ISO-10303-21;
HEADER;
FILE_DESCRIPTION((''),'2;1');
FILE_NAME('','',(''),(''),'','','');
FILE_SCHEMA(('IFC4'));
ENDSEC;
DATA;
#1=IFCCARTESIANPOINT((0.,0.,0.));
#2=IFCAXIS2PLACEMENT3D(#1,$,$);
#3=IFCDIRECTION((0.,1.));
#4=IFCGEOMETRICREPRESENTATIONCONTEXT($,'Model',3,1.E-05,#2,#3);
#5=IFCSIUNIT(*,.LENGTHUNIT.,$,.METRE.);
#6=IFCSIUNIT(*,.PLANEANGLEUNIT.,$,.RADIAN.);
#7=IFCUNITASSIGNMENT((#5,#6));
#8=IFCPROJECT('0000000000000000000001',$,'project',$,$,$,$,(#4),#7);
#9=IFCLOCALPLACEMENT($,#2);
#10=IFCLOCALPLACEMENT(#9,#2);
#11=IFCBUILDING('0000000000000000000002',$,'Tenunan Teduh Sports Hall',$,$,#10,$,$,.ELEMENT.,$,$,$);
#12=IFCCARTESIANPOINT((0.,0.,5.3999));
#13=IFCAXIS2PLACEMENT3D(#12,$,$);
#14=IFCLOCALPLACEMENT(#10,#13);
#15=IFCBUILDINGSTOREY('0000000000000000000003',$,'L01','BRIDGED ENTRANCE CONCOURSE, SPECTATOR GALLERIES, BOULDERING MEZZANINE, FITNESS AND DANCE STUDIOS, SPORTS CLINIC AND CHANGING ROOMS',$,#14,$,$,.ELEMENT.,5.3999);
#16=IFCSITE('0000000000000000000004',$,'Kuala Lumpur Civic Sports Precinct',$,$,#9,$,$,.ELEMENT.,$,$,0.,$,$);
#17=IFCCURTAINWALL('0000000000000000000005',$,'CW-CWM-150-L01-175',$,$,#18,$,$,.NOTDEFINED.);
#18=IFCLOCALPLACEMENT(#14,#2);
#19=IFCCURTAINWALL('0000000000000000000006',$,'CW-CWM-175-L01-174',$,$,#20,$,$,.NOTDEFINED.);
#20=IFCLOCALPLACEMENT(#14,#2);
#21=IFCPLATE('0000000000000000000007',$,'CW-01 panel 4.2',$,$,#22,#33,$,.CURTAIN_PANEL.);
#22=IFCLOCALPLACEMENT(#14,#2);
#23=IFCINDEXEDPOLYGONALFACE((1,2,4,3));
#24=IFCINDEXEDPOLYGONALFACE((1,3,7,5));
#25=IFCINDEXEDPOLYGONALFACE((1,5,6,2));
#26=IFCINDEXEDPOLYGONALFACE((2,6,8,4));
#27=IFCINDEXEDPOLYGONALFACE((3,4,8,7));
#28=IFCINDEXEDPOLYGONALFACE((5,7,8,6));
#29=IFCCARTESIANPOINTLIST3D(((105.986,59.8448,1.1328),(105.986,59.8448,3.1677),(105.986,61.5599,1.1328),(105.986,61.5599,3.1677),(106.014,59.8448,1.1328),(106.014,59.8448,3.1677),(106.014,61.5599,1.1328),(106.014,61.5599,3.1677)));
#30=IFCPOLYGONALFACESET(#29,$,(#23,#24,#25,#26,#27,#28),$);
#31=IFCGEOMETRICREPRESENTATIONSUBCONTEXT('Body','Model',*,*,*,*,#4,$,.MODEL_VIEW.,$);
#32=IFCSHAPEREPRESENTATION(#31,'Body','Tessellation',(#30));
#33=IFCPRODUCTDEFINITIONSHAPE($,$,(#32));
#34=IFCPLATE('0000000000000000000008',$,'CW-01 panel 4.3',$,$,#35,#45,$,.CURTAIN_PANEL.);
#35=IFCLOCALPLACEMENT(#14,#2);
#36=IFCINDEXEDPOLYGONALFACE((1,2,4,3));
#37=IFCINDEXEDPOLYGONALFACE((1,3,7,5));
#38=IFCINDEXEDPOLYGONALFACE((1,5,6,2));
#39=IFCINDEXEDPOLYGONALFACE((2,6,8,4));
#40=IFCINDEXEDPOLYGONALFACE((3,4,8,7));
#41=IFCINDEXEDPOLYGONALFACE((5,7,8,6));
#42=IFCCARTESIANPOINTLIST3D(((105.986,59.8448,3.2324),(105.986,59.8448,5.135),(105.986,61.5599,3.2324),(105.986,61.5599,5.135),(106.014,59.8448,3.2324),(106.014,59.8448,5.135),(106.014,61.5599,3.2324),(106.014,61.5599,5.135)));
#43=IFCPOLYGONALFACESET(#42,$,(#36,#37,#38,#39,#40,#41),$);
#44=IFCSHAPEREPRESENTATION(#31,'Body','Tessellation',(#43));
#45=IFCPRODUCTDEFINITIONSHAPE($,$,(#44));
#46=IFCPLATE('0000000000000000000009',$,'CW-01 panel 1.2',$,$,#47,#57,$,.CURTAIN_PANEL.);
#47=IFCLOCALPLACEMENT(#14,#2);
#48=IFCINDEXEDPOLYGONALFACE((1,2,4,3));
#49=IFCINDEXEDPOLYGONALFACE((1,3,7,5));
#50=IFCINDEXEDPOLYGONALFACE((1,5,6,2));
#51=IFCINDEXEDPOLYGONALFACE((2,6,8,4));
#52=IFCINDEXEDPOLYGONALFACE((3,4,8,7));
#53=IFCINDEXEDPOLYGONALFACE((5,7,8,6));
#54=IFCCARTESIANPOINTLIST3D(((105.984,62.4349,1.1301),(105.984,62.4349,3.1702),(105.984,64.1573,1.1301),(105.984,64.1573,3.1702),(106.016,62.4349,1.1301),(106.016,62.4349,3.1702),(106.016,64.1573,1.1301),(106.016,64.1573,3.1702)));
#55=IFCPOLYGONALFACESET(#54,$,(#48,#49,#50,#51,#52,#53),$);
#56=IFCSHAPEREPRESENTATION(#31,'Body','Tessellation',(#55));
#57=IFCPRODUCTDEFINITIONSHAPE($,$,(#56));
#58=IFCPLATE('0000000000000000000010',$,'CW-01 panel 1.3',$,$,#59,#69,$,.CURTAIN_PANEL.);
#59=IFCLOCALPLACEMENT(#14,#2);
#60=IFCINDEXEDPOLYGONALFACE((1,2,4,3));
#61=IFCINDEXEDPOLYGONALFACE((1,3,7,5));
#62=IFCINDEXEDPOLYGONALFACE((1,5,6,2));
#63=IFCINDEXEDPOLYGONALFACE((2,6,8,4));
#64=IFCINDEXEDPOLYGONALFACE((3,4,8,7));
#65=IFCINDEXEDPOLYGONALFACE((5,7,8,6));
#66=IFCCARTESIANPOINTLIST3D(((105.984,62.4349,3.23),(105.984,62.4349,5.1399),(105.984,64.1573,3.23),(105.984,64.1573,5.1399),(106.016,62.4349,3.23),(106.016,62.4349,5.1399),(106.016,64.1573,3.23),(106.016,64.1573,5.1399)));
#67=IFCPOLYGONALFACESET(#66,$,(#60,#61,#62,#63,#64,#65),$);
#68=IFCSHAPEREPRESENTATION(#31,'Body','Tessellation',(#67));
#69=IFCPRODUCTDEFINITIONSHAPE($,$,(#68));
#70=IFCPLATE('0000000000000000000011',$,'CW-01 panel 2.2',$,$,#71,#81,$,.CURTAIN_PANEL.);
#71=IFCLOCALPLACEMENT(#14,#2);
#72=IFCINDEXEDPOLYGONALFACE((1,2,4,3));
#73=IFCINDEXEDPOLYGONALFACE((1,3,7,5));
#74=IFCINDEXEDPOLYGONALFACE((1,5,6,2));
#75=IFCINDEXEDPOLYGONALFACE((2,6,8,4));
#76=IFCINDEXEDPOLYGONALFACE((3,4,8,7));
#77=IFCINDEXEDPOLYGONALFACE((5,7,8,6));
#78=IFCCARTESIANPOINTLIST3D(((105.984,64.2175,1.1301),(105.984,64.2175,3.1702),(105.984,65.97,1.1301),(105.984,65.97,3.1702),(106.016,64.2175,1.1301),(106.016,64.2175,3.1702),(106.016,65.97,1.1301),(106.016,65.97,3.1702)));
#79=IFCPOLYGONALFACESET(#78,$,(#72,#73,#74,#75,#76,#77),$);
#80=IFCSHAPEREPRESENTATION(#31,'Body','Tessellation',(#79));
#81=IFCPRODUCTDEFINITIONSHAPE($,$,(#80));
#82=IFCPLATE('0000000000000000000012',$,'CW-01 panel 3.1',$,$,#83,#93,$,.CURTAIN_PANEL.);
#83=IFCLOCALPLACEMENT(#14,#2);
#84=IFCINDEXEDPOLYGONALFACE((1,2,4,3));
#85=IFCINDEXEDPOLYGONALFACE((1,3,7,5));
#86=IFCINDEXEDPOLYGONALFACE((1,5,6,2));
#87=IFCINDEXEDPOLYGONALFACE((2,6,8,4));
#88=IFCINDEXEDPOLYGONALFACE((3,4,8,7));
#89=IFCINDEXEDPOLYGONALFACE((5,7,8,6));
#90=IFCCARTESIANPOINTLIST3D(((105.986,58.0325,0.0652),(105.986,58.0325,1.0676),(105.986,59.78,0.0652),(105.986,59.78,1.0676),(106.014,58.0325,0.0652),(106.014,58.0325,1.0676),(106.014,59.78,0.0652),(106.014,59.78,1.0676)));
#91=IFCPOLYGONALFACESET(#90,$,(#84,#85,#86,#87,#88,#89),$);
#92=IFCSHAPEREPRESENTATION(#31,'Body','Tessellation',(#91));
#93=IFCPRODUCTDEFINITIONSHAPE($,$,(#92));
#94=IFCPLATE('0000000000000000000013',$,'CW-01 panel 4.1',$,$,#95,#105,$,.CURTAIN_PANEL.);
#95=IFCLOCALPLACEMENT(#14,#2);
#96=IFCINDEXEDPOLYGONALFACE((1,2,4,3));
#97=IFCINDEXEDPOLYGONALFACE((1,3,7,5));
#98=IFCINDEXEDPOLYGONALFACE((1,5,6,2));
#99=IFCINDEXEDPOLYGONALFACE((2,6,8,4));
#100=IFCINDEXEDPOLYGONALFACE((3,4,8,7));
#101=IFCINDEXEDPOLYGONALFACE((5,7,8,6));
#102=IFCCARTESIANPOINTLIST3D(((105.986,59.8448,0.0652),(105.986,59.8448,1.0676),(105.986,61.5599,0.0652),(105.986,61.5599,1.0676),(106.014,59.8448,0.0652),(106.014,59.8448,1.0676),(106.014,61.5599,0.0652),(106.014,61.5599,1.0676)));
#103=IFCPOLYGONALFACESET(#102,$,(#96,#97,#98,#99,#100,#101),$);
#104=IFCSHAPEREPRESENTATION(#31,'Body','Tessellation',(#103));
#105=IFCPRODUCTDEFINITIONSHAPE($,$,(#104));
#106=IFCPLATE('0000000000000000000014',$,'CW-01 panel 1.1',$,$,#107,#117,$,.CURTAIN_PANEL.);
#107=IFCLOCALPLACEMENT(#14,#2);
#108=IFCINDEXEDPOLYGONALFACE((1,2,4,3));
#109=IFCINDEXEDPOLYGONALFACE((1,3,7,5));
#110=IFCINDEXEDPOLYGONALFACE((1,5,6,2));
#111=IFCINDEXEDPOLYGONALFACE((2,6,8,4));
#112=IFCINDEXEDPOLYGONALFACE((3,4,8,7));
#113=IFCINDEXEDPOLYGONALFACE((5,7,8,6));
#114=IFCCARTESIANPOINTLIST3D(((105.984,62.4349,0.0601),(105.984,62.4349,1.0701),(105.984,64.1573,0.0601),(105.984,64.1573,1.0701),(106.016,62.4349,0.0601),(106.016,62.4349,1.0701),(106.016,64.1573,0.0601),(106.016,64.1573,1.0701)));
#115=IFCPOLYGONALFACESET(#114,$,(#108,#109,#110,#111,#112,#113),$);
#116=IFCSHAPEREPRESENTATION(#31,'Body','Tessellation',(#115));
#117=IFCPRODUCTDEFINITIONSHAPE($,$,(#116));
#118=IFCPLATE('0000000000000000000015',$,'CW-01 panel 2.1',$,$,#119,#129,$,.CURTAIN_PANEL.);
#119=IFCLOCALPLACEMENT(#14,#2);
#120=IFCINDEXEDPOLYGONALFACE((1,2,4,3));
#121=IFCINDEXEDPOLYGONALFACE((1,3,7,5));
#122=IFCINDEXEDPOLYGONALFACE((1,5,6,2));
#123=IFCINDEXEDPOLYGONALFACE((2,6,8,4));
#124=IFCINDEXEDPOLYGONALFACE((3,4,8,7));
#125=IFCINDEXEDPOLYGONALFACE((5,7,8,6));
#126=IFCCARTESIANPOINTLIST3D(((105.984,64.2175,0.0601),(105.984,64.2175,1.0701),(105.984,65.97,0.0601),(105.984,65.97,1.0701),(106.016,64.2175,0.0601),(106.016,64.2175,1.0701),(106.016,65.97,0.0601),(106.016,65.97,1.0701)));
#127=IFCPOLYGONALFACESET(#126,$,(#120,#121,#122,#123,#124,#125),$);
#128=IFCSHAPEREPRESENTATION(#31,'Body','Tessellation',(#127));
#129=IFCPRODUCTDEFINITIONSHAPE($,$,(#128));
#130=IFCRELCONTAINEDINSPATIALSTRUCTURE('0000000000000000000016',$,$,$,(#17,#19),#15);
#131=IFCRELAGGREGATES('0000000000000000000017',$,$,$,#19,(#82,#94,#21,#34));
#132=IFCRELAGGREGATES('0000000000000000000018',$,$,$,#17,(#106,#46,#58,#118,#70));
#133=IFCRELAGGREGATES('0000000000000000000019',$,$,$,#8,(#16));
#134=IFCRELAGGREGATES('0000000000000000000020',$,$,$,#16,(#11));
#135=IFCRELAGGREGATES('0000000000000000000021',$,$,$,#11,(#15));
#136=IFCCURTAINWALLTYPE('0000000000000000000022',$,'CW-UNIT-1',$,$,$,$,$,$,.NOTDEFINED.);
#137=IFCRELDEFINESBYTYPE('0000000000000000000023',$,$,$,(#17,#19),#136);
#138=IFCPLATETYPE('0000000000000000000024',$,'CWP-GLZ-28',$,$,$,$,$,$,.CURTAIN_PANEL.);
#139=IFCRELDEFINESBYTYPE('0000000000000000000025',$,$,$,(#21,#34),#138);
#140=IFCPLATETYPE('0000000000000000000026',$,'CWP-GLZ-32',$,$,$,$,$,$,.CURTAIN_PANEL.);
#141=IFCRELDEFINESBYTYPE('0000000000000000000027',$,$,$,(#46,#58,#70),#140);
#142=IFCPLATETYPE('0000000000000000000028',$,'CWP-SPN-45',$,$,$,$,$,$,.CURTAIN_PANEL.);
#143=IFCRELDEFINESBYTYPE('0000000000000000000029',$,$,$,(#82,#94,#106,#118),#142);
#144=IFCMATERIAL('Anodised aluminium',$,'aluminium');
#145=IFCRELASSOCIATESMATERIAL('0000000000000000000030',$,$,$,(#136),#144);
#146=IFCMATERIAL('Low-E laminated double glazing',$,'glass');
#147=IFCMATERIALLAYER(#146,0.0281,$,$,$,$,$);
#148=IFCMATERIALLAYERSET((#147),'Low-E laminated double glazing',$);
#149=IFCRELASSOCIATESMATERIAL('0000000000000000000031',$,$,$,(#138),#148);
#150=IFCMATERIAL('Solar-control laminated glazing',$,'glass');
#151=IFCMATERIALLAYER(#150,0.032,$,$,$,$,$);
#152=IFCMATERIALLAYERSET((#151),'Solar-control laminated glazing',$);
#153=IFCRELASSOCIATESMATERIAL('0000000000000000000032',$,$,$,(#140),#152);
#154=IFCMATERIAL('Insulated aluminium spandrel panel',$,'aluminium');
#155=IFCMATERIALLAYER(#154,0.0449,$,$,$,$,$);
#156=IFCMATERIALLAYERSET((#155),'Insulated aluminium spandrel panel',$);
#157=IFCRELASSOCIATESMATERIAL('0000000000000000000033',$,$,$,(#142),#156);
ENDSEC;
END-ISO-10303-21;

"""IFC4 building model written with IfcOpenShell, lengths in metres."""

from ifc_helpers import new_model, si_unit, direction, frame, origin, origin_2d, place, context, subcontext, project, spatial, rectangle, extrude, material, layer, layer_set, type_object, element, aggregate, save


model = new_model("IFC4")

# Units and contexts
model_context = context("Model", 3, precision=1e-05, world=origin(), true_north=direction((0.0, 1.0)))
body_context = subcontext(model_context, "Body", "Model", "MODEL_VIEW")
ifc_project = project(units=[si_unit("LENGTHUNIT", "METRE"), si_unit("PLANEANGLEUNIT", "RADIAN")], contexts=[model_context])

# Site, building, storey
site_placement = place(None, origin())
site = spatial("IfcSite", under=ifc_project, at=site_placement, Name="Kuala Lumpur Civic Sports Precinct", CompositionType="ELEMENT", RefElevation=0.0)
building_placement = place(site_placement, origin())
building = spatial("IfcBuilding", under=site, at=building_placement, Name="Tenunan Teduh Sports Hall", CompositionType="ELEMENT")
storey_placement = place(building_placement, frame((0.0, 0.0, 5.3999)))
storey = spatial("IfcBuildingStorey", under=building, at=storey_placement, Name="L01", Description="BRIDGED ENTRANCE CONCOURSE, SPECTATOR GALLERIES, BOULDERING MEZZANINE, FITNESS AND DANCE STUDIOS, SPORTS CLINIC AND CHANGING ROOMS", CompositionType="ELEMENT", Elevation=5.3999)

# Curtain walls
ifc_material_1 = material(Name="Anodised aluminium", Category="aluminium")
curtain_wall_type = type_object("IfcCurtainWallType", Name="CW-UNIT-1", PredefinedType="NOTDEFINED", material=ifc_material_1)
curtain_wall_1_placement = place(storey_placement, origin())
curtain_wall_1 = element("IfcCurtainWall", 1, at=curtain_wall_1_placement, inside=storey, type_object=curtain_wall_type, Name="CW-CWM-150-L01-175", PredefinedType="NOTDEFINED")
curtain_wall_2_placement = place(storey_placement, origin())
curtain_wall_2 = element("IfcCurtainWall", 2, at=curtain_wall_2_placement, inside=storey, type_object=curtain_wall_type, Name="CW-CWM-175-L01-174", PredefinedType="NOTDEFINED")

# Plates
ifc_material_2 = material(Name="Low-E laminated double glazing", Category="glass")
ifc_layer_1 = layer(ifc_material_2, 0.0281)
ifc_layer_set_1 = layer_set([ifc_layer_1], Name="Low-E laminated double glazing")
plate_type_1 = type_object("IfcPlateType", Name="CWP-GLZ-28", PredefinedType="CURTAIN_PANEL", material=ifc_layer_set_1)
plate_1_placement = place(storey_placement, frame((106.0, 60.7024, 1.1328), z_axis=(0.0, 0.0, 1.0), x_axis=(0.0, 1.0, 0.0)))
plate_1 = element("IfcPlate", 3, at=plate_1_placement, type_object=plate_type_1, Name="CW-01 panel 4.2", PredefinedType="CURTAIN_PANEL", context=body_context, shape_type="SweptSolid", body=[
    extrude(rectangle(XDim=1.7151, YDim=0.0281, at=origin_2d()), origin(), (0.0, 0.0, 1.0), 2.0349),
])
plate_2_placement = place(storey_placement, frame((106.0, 60.7024, 3.2324), z_axis=(0.0, 0.0, 1.0), x_axis=(0.0, 1.0, 0.0)))
plate_2 = element("IfcPlate", 4, at=plate_2_placement, type_object=plate_type_1, Name="CW-01 panel 4.3", PredefinedType="CURTAIN_PANEL", context=body_context, shape_type="SweptSolid", body=[
    extrude(rectangle(XDim=1.7151, YDim=0.0281, at=origin_2d()), origin(), (0.0, 0.0, 1.0), 1.9026),
])
ifc_material_3 = material(Name="Solar-control laminated glazing", Category="glass")
ifc_layer_2 = layer(ifc_material_3, 0.032)
ifc_layer_set_2 = layer_set([ifc_layer_2], Name="Solar-control laminated glazing")
plate_type_2 = type_object("IfcPlateType", Name="CWP-GLZ-32", PredefinedType="CURTAIN_PANEL", material=ifc_layer_set_2)
plate_3_placement = place(storey_placement, frame((106.0, 63.2961, 1.1301), z_axis=(0.0, 0.0, 1.0), x_axis=(0.0, 1.0, 0.0)))
plate_3 = element("IfcPlate", 5, at=plate_3_placement, type_object=plate_type_2, Name="CW-01 panel 1.2", PredefinedType="CURTAIN_PANEL", context=body_context, shape_type="SweptSolid", body=[
    extrude(rectangle(XDim=1.7224, YDim=0.032, at=origin_2d()), origin(), (0.0, 0.0, 1.0), 2.04),
])
plate_4_placement = place(storey_placement, frame((106.0, 63.2961, 3.23), z_axis=(0.0, 0.0, 1.0), x_axis=(0.0, 1.0, 0.0)))
plate_4 = element("IfcPlate", 6, at=plate_4_placement, type_object=plate_type_2, Name="CW-01 panel 1.3", PredefinedType="CURTAIN_PANEL", context=body_context, shape_type="SweptSolid", body=[
    extrude(rectangle(XDim=1.7224, YDim=0.032, at=origin_2d()), origin(), (0.0, 0.0, 1.0), 1.9099),
])
plate_5_placement = place(storey_placement, frame((106.0, 65.0938, 1.1301), z_axis=(0.0, 0.0, 1.0), x_axis=(0.0, 1.0, 0.0)))
plate_5 = element("IfcPlate", 7, at=plate_5_placement, type_object=plate_type_2, Name="CW-01 panel 2.2", PredefinedType="CURTAIN_PANEL", context=body_context, shape_type="SweptSolid", body=[
    extrude(rectangle(XDim=1.7524, YDim=0.032, at=origin_2d()), origin(), (0.0, 0.0, 1.0), 2.04),
])
ifc_material_4 = material(Name="Insulated aluminium spandrel panel", Category="aluminium")
ifc_layer_3 = layer(ifc_material_4, 0.0449)
ifc_layer_set_3 = layer_set([ifc_layer_3], Name="Insulated aluminium spandrel panel")
plate_type_3 = type_object("IfcPlateType", Name="CWP-SPN-45", PredefinedType="CURTAIN_PANEL", material=ifc_layer_set_3)
plate_6_placement = place(storey_placement, frame((106.0, 58.9062, 0.0652), z_axis=(0.0, 0.0, 1.0), x_axis=(0.0, 1.0, 0.0)))
plate_6 = element("IfcPlate", 8, at=plate_6_placement, type_object=plate_type_3, Name="CW-01 panel 3.1", PredefinedType="CURTAIN_PANEL", context=body_context, shape_type="SweptSolid", body=[
    extrude(rectangle(XDim=1.7476, YDim=0.0281, at=origin_2d()), origin(), (0.0, 0.0, 1.0), 1.0024),
])
plate_7_placement = place(storey_placement, frame((106.0, 60.7024, 0.0652), z_axis=(0.0, 0.0, 1.0), x_axis=(0.0, 1.0, 0.0)))
plate_7 = element("IfcPlate", 9, at=plate_7_placement, type_object=plate_type_3, Name="CW-01 panel 4.1", PredefinedType="CURTAIN_PANEL", context=body_context, shape_type="SweptSolid", body=[
    extrude(rectangle(XDim=1.7151, YDim=0.0281, at=origin_2d()), origin(), (0.0, 0.0, 1.0), 1.0024),
])
aggregate(curtain_wall_2, [plate_6, plate_7, plate_1, plate_2])
plate_8_placement = place(storey_placement, frame((106.0, 63.2961, 0.0601), z_axis=(0.0, 0.0, 1.0), x_axis=(0.0, 1.0, 0.0)))
plate_8 = element("IfcPlate", 10, at=plate_8_placement, type_object=plate_type_3, Name="CW-01 panel 1.1", PredefinedType="CURTAIN_PANEL", context=body_context, shape_type="SweptSolid", body=[
    extrude(rectangle(XDim=1.7224, YDim=0.032, at=origin_2d()), origin(), (0.0, 0.0, 1.0), 1.01),
])
plate_9_placement = place(storey_placement, frame((106.0, 65.0938, 0.0601), z_axis=(0.0, 0.0, 1.0), x_axis=(0.0, 1.0, 0.0)))
plate_9 = element("IfcPlate", 11, at=plate_9_placement, type_object=plate_type_3, Name="CW-01 panel 2.1", PredefinedType="CURTAIN_PANEL", context=body_context, shape_type="SweptSolid", body=[
    extrude(rectangle(XDim=1.7524, YDim=0.032, at=origin_2d()), origin(), (0.0, 0.0, 1.0), 1.01),
])
aggregate(curtain_wall_1, [plate_8, plate_3, plate_4, plate_9, plate_5])

save(model, "model.ifc")
